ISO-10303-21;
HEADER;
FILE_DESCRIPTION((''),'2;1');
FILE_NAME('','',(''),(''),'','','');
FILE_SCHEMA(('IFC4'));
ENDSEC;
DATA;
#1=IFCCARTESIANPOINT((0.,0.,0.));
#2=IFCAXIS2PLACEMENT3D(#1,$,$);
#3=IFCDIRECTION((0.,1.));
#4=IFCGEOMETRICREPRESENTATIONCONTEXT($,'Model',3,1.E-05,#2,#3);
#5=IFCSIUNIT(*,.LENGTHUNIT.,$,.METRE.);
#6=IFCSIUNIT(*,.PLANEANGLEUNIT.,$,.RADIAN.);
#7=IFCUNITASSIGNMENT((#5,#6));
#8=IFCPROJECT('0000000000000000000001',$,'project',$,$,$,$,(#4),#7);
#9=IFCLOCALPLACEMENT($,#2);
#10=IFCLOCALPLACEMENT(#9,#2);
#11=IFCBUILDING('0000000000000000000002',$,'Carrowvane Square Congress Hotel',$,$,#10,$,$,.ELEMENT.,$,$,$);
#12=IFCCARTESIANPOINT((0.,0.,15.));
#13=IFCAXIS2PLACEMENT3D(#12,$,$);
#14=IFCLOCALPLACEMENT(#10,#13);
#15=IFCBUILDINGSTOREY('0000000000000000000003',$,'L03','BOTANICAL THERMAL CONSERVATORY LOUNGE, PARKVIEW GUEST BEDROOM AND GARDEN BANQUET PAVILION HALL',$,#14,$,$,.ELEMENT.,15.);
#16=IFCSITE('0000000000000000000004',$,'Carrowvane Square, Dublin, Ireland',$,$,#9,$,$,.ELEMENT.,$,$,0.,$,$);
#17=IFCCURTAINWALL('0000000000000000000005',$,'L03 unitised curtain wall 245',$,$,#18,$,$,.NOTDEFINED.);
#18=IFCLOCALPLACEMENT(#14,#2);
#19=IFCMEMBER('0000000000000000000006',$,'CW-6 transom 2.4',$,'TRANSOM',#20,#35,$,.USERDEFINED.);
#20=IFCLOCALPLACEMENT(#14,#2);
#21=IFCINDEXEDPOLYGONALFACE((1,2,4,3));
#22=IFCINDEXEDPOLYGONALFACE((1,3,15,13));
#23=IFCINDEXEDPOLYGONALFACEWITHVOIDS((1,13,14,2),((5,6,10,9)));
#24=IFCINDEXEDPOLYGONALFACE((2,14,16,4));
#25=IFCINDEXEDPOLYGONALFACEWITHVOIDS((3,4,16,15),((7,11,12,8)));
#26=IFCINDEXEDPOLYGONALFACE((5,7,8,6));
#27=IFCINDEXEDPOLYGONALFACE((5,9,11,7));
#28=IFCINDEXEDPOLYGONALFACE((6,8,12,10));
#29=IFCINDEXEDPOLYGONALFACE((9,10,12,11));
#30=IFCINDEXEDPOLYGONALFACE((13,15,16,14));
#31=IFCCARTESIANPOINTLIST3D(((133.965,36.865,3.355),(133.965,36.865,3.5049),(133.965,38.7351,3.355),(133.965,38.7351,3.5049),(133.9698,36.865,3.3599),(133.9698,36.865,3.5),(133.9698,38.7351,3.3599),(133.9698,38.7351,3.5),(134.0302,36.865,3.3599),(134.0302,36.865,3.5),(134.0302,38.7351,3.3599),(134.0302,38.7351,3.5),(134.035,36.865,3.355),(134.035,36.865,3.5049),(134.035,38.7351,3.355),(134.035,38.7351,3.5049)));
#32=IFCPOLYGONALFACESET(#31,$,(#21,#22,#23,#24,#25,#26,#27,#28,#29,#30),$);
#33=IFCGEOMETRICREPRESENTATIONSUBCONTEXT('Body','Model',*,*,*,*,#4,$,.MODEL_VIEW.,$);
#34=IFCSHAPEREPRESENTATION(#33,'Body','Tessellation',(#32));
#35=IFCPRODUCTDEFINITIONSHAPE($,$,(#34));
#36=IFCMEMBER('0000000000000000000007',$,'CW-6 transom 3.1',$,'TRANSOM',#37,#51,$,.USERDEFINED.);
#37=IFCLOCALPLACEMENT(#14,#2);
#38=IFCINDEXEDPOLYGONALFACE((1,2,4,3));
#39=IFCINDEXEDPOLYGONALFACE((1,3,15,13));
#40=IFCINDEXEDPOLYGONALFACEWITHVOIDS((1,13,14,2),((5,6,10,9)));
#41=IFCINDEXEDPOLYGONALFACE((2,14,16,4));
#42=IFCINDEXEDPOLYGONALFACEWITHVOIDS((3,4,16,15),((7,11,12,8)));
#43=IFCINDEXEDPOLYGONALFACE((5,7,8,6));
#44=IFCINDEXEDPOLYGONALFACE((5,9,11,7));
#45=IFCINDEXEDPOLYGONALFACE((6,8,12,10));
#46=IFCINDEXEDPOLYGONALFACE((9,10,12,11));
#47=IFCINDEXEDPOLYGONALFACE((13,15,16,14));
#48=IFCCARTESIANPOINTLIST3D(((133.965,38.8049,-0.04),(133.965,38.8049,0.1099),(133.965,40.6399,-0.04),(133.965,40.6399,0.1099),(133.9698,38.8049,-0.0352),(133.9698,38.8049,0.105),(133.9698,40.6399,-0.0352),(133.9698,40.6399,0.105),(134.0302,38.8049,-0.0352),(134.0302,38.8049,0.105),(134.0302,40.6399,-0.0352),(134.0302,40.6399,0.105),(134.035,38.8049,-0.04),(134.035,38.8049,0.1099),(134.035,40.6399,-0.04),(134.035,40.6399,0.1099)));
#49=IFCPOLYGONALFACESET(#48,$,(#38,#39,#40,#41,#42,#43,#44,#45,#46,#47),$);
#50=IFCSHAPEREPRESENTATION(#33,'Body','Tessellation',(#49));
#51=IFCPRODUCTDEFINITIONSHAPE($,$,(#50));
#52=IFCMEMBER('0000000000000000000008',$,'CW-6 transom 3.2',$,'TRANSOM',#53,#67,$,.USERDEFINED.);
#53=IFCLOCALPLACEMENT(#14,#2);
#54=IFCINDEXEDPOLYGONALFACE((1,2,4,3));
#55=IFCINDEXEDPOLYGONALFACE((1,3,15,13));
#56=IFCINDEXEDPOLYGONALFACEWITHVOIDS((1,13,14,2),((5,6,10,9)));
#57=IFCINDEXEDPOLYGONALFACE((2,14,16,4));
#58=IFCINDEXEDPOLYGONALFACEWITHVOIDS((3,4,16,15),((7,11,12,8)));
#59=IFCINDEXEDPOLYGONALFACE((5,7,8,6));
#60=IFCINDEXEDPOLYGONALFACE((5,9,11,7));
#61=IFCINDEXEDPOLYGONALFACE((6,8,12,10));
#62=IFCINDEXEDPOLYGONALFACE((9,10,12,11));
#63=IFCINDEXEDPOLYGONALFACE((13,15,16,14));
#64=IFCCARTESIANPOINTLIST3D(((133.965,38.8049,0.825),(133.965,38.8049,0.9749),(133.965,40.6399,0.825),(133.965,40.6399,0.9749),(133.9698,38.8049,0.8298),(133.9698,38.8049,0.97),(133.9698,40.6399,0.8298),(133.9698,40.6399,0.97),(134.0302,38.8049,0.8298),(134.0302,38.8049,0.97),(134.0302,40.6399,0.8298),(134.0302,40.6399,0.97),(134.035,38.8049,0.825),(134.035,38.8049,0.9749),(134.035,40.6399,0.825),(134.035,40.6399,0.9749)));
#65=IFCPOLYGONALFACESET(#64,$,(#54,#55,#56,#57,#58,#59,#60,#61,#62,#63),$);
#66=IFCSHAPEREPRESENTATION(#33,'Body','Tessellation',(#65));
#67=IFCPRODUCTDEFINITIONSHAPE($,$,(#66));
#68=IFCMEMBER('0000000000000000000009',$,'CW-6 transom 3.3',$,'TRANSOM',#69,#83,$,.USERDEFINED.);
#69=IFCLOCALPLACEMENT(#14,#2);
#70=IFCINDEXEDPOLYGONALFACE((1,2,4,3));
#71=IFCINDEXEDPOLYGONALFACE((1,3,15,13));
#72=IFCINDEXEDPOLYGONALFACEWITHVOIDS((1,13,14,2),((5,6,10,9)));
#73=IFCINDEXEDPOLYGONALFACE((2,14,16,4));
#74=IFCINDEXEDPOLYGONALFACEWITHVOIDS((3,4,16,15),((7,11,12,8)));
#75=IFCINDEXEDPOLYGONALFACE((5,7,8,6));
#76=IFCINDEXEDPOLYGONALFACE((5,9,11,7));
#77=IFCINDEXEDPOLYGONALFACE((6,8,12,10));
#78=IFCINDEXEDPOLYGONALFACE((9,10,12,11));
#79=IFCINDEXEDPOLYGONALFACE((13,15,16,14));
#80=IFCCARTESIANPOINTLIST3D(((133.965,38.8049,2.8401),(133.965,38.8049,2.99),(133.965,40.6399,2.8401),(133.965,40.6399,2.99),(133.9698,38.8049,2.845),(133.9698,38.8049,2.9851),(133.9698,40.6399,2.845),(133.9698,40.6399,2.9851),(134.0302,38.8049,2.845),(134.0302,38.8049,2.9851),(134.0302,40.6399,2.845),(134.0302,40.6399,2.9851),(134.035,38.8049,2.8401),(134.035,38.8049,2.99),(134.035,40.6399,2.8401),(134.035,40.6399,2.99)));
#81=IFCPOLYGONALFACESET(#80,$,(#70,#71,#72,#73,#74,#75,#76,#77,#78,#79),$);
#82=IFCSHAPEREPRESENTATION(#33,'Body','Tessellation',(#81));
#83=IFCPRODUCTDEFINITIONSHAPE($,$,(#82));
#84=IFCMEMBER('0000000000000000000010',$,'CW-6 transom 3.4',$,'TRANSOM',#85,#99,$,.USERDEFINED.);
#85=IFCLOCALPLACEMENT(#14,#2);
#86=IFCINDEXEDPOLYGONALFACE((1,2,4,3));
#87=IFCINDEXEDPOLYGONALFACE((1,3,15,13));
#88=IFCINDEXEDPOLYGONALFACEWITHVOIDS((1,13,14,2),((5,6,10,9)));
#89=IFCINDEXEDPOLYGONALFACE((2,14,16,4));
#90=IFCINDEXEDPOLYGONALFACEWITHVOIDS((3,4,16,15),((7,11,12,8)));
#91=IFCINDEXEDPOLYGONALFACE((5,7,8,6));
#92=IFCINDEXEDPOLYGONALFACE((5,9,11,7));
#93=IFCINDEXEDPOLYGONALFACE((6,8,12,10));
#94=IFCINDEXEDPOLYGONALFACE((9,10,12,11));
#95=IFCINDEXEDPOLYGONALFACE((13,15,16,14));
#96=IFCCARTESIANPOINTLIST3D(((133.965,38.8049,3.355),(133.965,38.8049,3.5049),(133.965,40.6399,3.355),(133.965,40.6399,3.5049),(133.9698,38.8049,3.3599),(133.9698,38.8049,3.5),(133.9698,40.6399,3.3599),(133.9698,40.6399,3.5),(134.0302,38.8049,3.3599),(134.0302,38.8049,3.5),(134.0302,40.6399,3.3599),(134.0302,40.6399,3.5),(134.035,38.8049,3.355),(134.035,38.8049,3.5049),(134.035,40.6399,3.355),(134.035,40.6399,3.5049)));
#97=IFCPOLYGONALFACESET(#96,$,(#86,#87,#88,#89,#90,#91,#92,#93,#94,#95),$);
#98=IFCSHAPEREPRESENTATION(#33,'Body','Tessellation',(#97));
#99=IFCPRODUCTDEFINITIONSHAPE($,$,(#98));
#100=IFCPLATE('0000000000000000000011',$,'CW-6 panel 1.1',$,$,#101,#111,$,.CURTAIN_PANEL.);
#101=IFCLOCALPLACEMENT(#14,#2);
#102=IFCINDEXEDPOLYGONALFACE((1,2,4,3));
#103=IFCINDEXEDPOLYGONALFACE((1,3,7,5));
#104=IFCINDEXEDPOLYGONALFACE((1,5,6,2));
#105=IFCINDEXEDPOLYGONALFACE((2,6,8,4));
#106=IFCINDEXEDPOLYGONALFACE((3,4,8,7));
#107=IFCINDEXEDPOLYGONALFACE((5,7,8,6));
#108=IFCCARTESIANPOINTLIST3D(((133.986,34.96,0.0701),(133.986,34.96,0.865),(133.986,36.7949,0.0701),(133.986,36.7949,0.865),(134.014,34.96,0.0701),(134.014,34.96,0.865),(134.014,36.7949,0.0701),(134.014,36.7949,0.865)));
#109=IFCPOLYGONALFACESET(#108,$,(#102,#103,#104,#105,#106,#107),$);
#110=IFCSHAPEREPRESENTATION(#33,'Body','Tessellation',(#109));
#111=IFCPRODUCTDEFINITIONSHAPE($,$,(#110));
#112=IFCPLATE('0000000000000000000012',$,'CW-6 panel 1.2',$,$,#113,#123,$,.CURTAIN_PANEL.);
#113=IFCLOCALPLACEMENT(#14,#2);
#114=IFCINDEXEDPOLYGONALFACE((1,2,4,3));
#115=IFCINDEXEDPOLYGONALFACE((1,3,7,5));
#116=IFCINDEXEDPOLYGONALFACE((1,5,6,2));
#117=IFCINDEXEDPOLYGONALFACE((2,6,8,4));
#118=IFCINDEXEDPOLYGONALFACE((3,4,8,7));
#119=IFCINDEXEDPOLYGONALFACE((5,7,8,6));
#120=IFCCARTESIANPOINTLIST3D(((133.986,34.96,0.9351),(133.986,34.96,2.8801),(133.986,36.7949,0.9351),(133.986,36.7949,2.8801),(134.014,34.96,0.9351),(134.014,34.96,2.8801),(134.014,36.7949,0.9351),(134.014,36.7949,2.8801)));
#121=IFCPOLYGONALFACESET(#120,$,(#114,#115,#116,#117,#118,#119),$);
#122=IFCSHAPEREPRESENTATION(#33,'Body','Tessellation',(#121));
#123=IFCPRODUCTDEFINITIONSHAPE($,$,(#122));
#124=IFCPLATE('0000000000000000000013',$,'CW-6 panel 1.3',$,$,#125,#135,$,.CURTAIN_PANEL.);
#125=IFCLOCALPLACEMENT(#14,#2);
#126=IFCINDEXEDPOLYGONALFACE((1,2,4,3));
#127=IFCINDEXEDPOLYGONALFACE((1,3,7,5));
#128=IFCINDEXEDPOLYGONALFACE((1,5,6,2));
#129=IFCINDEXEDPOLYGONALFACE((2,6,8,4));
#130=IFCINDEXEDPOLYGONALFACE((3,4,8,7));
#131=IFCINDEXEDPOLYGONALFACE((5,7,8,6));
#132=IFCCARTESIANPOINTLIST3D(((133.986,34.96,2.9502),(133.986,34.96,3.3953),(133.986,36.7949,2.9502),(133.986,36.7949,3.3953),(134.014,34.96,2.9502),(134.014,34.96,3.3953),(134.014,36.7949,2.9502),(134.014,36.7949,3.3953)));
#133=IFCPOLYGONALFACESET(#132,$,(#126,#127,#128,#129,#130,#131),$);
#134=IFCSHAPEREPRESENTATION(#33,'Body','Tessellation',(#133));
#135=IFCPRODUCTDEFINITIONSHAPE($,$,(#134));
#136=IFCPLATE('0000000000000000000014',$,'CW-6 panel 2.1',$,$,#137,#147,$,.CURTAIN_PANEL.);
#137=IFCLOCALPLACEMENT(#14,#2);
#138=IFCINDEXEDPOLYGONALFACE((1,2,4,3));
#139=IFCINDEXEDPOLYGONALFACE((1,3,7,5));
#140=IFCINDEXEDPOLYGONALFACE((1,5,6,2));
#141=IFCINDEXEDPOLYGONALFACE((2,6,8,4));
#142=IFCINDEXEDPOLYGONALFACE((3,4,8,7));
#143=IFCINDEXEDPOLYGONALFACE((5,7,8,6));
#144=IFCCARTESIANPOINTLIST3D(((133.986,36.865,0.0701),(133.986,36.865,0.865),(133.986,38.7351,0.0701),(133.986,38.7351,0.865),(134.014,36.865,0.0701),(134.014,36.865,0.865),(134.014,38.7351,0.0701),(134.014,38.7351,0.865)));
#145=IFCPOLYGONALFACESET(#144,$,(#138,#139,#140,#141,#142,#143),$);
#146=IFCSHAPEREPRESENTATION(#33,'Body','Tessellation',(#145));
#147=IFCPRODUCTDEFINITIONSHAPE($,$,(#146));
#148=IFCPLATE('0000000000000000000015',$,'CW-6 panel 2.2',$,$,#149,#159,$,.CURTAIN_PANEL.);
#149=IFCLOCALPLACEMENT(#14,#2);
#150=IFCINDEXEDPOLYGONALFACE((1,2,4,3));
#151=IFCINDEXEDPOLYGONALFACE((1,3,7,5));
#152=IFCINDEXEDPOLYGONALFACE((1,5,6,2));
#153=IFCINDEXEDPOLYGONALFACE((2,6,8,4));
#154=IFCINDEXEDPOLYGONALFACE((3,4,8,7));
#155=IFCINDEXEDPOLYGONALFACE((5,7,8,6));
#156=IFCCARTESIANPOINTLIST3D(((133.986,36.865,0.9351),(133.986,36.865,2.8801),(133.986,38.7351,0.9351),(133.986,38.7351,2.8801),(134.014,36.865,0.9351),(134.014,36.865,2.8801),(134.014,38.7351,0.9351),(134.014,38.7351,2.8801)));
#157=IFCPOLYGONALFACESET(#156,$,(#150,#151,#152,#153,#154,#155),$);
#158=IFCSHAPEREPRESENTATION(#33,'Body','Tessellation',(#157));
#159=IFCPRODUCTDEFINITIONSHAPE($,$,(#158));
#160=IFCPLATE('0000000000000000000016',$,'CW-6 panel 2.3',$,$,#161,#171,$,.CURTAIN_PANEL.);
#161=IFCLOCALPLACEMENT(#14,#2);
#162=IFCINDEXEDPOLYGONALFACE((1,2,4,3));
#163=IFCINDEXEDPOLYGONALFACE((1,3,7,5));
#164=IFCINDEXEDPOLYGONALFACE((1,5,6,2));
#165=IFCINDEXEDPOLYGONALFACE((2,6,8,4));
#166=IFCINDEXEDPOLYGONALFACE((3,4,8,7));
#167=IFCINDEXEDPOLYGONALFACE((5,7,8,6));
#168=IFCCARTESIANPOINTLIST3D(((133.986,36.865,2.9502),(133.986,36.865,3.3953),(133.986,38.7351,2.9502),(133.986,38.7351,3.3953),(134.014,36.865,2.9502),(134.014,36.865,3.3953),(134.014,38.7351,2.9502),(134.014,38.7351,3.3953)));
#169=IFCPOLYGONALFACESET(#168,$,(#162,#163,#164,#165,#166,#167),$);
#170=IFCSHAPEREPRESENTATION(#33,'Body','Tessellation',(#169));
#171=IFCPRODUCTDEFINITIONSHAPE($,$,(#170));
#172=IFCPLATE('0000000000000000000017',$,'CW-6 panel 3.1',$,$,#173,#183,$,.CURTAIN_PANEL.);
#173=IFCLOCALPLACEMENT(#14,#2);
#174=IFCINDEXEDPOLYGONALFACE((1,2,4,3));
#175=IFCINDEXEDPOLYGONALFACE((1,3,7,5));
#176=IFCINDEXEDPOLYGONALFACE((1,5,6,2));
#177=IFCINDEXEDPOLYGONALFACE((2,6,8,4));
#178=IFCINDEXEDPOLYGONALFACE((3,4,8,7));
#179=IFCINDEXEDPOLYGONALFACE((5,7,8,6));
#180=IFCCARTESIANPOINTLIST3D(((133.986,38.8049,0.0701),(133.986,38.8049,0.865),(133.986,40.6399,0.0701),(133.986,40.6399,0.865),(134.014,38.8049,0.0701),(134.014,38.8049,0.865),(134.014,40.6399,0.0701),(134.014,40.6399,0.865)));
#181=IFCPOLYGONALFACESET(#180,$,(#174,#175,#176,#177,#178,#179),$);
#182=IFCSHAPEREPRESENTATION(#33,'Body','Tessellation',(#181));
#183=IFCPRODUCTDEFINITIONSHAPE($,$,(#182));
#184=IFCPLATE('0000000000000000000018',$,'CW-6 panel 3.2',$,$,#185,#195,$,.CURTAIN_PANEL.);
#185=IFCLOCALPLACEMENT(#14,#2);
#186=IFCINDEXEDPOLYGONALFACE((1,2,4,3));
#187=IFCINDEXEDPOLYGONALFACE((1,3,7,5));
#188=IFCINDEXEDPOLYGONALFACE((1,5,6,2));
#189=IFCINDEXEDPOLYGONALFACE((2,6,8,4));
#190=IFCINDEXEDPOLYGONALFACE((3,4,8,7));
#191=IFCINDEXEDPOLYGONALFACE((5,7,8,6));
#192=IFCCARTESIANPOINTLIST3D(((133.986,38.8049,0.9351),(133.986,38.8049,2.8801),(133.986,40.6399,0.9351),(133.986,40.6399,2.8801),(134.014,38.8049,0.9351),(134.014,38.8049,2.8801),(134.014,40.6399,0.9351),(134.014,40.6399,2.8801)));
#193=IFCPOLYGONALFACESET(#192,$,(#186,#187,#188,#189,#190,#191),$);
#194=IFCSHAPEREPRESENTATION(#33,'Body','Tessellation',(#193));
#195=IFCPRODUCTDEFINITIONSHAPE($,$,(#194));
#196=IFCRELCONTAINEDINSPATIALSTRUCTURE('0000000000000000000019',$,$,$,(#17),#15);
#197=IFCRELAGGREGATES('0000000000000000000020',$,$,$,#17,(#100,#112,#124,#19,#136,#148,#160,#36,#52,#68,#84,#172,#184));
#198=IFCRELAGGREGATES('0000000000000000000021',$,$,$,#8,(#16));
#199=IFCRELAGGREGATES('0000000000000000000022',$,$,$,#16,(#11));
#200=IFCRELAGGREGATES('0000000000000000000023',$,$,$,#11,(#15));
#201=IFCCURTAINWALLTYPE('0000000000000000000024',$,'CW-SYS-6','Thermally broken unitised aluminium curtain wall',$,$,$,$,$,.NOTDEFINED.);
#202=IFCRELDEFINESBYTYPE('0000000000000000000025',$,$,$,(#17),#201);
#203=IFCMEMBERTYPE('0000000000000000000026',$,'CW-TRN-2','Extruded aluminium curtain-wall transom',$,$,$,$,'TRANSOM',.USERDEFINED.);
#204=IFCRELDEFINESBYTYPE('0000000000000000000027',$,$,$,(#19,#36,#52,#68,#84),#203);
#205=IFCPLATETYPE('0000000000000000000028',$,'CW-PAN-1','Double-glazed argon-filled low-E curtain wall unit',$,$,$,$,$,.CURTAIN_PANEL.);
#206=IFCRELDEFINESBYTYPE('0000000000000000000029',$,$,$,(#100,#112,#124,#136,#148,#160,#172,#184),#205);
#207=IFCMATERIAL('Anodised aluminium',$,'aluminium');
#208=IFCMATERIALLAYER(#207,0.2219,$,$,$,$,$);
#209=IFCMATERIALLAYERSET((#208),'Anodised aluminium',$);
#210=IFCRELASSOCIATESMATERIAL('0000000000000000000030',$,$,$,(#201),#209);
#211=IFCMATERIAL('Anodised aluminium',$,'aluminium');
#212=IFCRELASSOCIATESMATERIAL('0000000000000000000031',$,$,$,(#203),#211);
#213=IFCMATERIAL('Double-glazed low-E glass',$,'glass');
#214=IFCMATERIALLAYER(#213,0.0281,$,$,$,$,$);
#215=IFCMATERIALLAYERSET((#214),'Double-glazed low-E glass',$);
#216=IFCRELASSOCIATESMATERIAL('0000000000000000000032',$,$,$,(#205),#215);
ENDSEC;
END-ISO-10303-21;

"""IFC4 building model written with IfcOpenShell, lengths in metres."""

from ifc_helpers import new_model, si_unit, direction, frame, origin, origin_2d, place, context, subcontext, project, spatial, rectangle, hollow_rectangle, extrude, material, layer, layer_set, material_profile, profile_set, type_object, element, aggregate, save


model = new_model("IFC4")

# Units and contexts
model_context = context("Model", 3, precision=1e-05, world=origin(), true_north=direction((0.0, 1.0)))
body_context = subcontext(model_context, "Body", "Model", "MODEL_VIEW")
ifc_project = project(units=[si_unit("LENGTHUNIT", "METRE"), si_unit("PLANEANGLEUNIT", "RADIAN")], contexts=[model_context])

# Site, building, storey
site_placement = place(None, origin())
site = spatial("IfcSite", under=ifc_project, at=site_placement, Name="Carrowvane Square, Dublin, Ireland", CompositionType="ELEMENT", RefElevation=0.0)
building_placement = place(site_placement, origin())
building = spatial("IfcBuilding", under=site, at=building_placement, Name="Carrowvane Square Congress Hotel", CompositionType="ELEMENT")
storey_placement = place(building_placement, frame((0.0, 0.0, 15.0)))
storey = spatial("IfcBuildingStorey", under=building, at=storey_placement, Name="L03", Description="BOTANICAL THERMAL CONSERVATORY LOUNGE, PARKVIEW GUEST BEDROOM AND GARDEN BANQUET PAVILION HALL", CompositionType="ELEMENT", Elevation=15.0)

# Curtain wall, members, plates
ifc_material_1 = material(Name="Anodised aluminium", Category="aluminium")
ifc_layer_1 = layer(ifc_material_1, 0.2219)
ifc_layer_set_1 = layer_set([ifc_layer_1], Name="Anodised aluminium")
curtain_wall_type = type_object("IfcCurtainWallType", Name="CW-SYS-6", Description="Thermally broken unitised aluminium curtain wall", PredefinedType="NOTDEFINED", material=ifc_layer_set_1)
curtain_wall_placement = place(storey_placement, origin())
curtain_wall = element("IfcCurtainWall", 1, at=curtain_wall_placement, inside=storey, type_object=curtain_wall_type, Name="L03 unitised curtain wall 245", PredefinedType="NOTDEFINED")
ifc_material_2 = material(Name="Anodised aluminium", Category="aluminium")
ifc_material_profile_1 = material_profile(ifc_material_2, hollow_rectangle(XDim=0.0701, YDim=0.1499, WallThickness=0.0049, at=origin_2d()), Name="CW-TR 70x150x5")
ifc_profile_set_1 = profile_set([ifc_material_profile_1], Name="Anodised aluminium")
member_type_1 = type_object("IfcMemberType", Name="CW-TRN-2", Description="Extruded aluminium curtain-wall transom", ElementType="TRANSOM", PredefinedType="USERDEFINED", material=ifc_profile_set_1)
member_1_placement = place(storey_placement, frame((134.0, 36.865, 3.4299), z_axis=(0.0, 1.0, 0.0), x_axis=(-1.0, 0.0, 0.0)))
member_1 = element("IfcMember", 2, at=member_1_placement, type_object=member_type_1, Name="CW-6 transom 2.4", ObjectType="TRANSOM", PredefinedType="USERDEFINED", context=body_context, shape_type="SweptSolid", body=[
    extrude(hollow_rectangle(XDim=0.0701, YDim=0.1499, WallThickness=0.0049, at=origin_2d()), origin(), (0.0, 0.0, 1.0), 1.8701),
])
member_2_placement = place(storey_placement, frame((134.0, 38.8049, 0.0349), z_axis=(0.0, 1.0, 0.0), x_axis=(-1.0, 0.0, 0.0)))
member_2 = element("IfcMember", 3, at=member_2_placement, type_object=member_type_1, Name="CW-6 transom 3.1", ObjectType="TRANSOM", PredefinedType="USERDEFINED", context=body_context, shape_type="SweptSolid", body=[
    extrude(hollow_rectangle(XDim=0.0701, YDim=0.1499, WallThickness=0.0049, at=origin_2d()), origin(), (0.0, 0.0, 1.0), 1.835),
])
member_3_placement = place(storey_placement, frame((134.0, 38.8049, 0.8999), z_axis=(0.0, 1.0, 0.0), x_axis=(-1.0, 0.0, 0.0)))
member_3 = element("IfcMember", 4, at=member_3_placement, type_object=member_type_1, Name="CW-6 transom 3.2", ObjectType="TRANSOM", PredefinedType="USERDEFINED", context=body_context, shape_type="SweptSolid", body=[
    extrude(hollow_rectangle(XDim=0.0701, YDim=0.1499, WallThickness=0.0049, at=origin_2d()), origin(), (0.0, 0.0, 1.0), 1.835),
])
member_4_placement = place(storey_placement, frame((134.0, 38.8049, 2.915), z_axis=(0.0, 1.0, 0.0), x_axis=(-1.0, 0.0, 0.0)))
member_4 = element("IfcMember", 5, at=member_4_placement, type_object=member_type_1, Name="CW-6 transom 3.3", ObjectType="TRANSOM", PredefinedType="USERDEFINED", context=body_context, shape_type="SweptSolid", body=[
    extrude(hollow_rectangle(XDim=0.0701, YDim=0.1499, WallThickness=0.0049, at=origin_2d()), origin(), (0.0, 0.0, 1.0), 1.835),
])
member_5_placement = place(storey_placement, frame((134.0, 38.8049, 3.4299), z_axis=(0.0, 1.0, 0.0), x_axis=(-1.0, 0.0, 0.0)))
member_5 = element("IfcMember", 6, at=member_5_placement, type_object=member_type_1, Name="CW-6 transom 3.4", ObjectType="TRANSOM", PredefinedType="USERDEFINED", context=body_context, shape_type="SweptSolid", body=[
    extrude(hollow_rectangle(XDim=0.0701, YDim=0.1499, WallThickness=0.0049, at=origin_2d()), origin(), (0.0, 0.0, 1.0), 1.835),
])
ifc_material_3 = material(Name="Double-glazed low-E glass", Category="glass")
ifc_layer_2 = layer(ifc_material_3, 0.0281)
ifc_layer_set_2 = layer_set([ifc_layer_2], Name="Double-glazed low-E glass")
plate_type = type_object("IfcPlateType", Name="CW-PAN-1", Description="Double-glazed argon-filled low-E curtain wall unit", PredefinedType="CURTAIN_PANEL", material=ifc_layer_set_2)
plate_1_placement = place(storey_placement, frame((134.0, 35.8774, 0.0701), z_axis=(0.0, 0.0, 1.0), x_axis=(0.0, 1.0, 0.0)))
plate_1 = element("IfcPlate", 7, at=plate_1_placement, type_object=plate_type, Name="CW-6 panel 1.1", PredefinedType="CURTAIN_PANEL", context=body_context, shape_type="SweptSolid", body=[
    extrude(rectangle(XDim=1.835, YDim=0.0281, at=origin_2d()), origin(), (0.0, 0.0, 1.0), 0.7949),
])
plate_2_placement = place(storey_placement, frame((134.0, 35.8774, 0.9351), z_axis=(0.0, 0.0, 1.0), x_axis=(0.0, 1.0, 0.0)))
plate_2 = element("IfcPlate", 8, at=plate_2_placement, type_object=plate_type, Name="CW-6 panel 1.2", PredefinedType="CURTAIN_PANEL", context=body_context, shape_type="SweptSolid", body=[
    extrude(rectangle(XDim=1.835, YDim=0.0281, at=origin_2d()), origin(), (0.0, 0.0, 1.0), 1.9451),
])
plate_3_placement = place(storey_placement, frame((134.0, 35.8774, 2.9502), z_axis=(0.0, 0.0, 1.0), x_axis=(0.0, 1.0, 0.0)))
plate_3 = element("IfcPlate", 9, at=plate_3_placement, type_object=plate_type, Name="CW-6 panel 1.3", PredefinedType="CURTAIN_PANEL", context=body_context, shape_type="SweptSolid", body=[
    extrude(rectangle(XDim=1.835, YDim=0.0281, at=origin_2d()), origin(), (0.0, 0.0, 1.0), 0.4451),
])
plate_4_placement = place(storey_placement, frame((134.0, 37.8, 0.0701), z_axis=(0.0, 0.0, 1.0), x_axis=(0.0, 1.0, 0.0)))
plate_4 = element("IfcPlate", 10, at=plate_4_placement, type_object=plate_type, Name="CW-6 panel 2.1", PredefinedType="CURTAIN_PANEL", context=body_context, shape_type="SweptSolid", body=[
    extrude(rectangle(XDim=1.8701, YDim=0.0281, at=origin_2d()), origin(), (0.0, 0.0, 1.0), 0.7949),
])
plate_5_placement = place(storey_placement, frame((134.0, 37.8, 0.9351), z_axis=(0.0, 0.0, 1.0), x_axis=(0.0, 1.0, 0.0)))
plate_5 = element("IfcPlate", 11, at=plate_5_placement, type_object=plate_type, Name="CW-6 panel 2.2", PredefinedType="CURTAIN_PANEL", context=body_context, shape_type="SweptSolid", body=[
    extrude(rectangle(XDim=1.8701, YDim=0.0281, at=origin_2d()), origin(), (0.0, 0.0, 1.0), 1.9451),
])
plate_6_placement = place(storey_placement, frame((134.0, 37.8, 2.9502), z_axis=(0.0, 0.0, 1.0), x_axis=(0.0, 1.0, 0.0)))
plate_6 = element("IfcPlate", 12, at=plate_6_placement, type_object=plate_type, Name="CW-6 panel 2.3", PredefinedType="CURTAIN_PANEL", context=body_context, shape_type="SweptSolid", body=[
    extrude(rectangle(XDim=1.8701, YDim=0.0281, at=origin_2d()), origin(), (0.0, 0.0, 1.0), 0.4451),
])
plate_7_placement = place(storey_placement, frame((134.0, 39.7224, 0.0701), z_axis=(0.0, 0.0, 1.0), x_axis=(0.0, 1.0, 0.0)))
plate_7 = element("IfcPlate", 13, at=plate_7_placement, type_object=plate_type, Name="CW-6 panel 3.1", PredefinedType="CURTAIN_PANEL", context=body_context, shape_type="SweptSolid", body=[
    extrude(rectangle(XDim=1.835, YDim=0.0281, at=origin_2d()), origin(), (0.0, 0.0, 1.0), 0.7949),
])
plate_8_placement = place(storey_placement, frame((134.0, 39.7224, 0.9351), z_axis=(0.0, 0.0, 1.0), x_axis=(0.0, 1.0, 0.0)))
plate_8 = element("IfcPlate", 14, at=plate_8_placement, type_object=plate_type, Name="CW-6 panel 3.2", PredefinedType="CURTAIN_PANEL", context=body_context, shape_type="SweptSolid", body=[
    extrude(rectangle(XDim=1.835, YDim=0.0281, at=origin_2d()), origin(), (0.0, 0.0, 1.0), 1.9451),
])
aggregate(curtain_wall, [plate_1, plate_2, plate_3, member_1, plate_4, plate_5, plate_6, member_2, member_3, member_4, member_5, plate_7, plate_8])

save(model, "model.ifc")
